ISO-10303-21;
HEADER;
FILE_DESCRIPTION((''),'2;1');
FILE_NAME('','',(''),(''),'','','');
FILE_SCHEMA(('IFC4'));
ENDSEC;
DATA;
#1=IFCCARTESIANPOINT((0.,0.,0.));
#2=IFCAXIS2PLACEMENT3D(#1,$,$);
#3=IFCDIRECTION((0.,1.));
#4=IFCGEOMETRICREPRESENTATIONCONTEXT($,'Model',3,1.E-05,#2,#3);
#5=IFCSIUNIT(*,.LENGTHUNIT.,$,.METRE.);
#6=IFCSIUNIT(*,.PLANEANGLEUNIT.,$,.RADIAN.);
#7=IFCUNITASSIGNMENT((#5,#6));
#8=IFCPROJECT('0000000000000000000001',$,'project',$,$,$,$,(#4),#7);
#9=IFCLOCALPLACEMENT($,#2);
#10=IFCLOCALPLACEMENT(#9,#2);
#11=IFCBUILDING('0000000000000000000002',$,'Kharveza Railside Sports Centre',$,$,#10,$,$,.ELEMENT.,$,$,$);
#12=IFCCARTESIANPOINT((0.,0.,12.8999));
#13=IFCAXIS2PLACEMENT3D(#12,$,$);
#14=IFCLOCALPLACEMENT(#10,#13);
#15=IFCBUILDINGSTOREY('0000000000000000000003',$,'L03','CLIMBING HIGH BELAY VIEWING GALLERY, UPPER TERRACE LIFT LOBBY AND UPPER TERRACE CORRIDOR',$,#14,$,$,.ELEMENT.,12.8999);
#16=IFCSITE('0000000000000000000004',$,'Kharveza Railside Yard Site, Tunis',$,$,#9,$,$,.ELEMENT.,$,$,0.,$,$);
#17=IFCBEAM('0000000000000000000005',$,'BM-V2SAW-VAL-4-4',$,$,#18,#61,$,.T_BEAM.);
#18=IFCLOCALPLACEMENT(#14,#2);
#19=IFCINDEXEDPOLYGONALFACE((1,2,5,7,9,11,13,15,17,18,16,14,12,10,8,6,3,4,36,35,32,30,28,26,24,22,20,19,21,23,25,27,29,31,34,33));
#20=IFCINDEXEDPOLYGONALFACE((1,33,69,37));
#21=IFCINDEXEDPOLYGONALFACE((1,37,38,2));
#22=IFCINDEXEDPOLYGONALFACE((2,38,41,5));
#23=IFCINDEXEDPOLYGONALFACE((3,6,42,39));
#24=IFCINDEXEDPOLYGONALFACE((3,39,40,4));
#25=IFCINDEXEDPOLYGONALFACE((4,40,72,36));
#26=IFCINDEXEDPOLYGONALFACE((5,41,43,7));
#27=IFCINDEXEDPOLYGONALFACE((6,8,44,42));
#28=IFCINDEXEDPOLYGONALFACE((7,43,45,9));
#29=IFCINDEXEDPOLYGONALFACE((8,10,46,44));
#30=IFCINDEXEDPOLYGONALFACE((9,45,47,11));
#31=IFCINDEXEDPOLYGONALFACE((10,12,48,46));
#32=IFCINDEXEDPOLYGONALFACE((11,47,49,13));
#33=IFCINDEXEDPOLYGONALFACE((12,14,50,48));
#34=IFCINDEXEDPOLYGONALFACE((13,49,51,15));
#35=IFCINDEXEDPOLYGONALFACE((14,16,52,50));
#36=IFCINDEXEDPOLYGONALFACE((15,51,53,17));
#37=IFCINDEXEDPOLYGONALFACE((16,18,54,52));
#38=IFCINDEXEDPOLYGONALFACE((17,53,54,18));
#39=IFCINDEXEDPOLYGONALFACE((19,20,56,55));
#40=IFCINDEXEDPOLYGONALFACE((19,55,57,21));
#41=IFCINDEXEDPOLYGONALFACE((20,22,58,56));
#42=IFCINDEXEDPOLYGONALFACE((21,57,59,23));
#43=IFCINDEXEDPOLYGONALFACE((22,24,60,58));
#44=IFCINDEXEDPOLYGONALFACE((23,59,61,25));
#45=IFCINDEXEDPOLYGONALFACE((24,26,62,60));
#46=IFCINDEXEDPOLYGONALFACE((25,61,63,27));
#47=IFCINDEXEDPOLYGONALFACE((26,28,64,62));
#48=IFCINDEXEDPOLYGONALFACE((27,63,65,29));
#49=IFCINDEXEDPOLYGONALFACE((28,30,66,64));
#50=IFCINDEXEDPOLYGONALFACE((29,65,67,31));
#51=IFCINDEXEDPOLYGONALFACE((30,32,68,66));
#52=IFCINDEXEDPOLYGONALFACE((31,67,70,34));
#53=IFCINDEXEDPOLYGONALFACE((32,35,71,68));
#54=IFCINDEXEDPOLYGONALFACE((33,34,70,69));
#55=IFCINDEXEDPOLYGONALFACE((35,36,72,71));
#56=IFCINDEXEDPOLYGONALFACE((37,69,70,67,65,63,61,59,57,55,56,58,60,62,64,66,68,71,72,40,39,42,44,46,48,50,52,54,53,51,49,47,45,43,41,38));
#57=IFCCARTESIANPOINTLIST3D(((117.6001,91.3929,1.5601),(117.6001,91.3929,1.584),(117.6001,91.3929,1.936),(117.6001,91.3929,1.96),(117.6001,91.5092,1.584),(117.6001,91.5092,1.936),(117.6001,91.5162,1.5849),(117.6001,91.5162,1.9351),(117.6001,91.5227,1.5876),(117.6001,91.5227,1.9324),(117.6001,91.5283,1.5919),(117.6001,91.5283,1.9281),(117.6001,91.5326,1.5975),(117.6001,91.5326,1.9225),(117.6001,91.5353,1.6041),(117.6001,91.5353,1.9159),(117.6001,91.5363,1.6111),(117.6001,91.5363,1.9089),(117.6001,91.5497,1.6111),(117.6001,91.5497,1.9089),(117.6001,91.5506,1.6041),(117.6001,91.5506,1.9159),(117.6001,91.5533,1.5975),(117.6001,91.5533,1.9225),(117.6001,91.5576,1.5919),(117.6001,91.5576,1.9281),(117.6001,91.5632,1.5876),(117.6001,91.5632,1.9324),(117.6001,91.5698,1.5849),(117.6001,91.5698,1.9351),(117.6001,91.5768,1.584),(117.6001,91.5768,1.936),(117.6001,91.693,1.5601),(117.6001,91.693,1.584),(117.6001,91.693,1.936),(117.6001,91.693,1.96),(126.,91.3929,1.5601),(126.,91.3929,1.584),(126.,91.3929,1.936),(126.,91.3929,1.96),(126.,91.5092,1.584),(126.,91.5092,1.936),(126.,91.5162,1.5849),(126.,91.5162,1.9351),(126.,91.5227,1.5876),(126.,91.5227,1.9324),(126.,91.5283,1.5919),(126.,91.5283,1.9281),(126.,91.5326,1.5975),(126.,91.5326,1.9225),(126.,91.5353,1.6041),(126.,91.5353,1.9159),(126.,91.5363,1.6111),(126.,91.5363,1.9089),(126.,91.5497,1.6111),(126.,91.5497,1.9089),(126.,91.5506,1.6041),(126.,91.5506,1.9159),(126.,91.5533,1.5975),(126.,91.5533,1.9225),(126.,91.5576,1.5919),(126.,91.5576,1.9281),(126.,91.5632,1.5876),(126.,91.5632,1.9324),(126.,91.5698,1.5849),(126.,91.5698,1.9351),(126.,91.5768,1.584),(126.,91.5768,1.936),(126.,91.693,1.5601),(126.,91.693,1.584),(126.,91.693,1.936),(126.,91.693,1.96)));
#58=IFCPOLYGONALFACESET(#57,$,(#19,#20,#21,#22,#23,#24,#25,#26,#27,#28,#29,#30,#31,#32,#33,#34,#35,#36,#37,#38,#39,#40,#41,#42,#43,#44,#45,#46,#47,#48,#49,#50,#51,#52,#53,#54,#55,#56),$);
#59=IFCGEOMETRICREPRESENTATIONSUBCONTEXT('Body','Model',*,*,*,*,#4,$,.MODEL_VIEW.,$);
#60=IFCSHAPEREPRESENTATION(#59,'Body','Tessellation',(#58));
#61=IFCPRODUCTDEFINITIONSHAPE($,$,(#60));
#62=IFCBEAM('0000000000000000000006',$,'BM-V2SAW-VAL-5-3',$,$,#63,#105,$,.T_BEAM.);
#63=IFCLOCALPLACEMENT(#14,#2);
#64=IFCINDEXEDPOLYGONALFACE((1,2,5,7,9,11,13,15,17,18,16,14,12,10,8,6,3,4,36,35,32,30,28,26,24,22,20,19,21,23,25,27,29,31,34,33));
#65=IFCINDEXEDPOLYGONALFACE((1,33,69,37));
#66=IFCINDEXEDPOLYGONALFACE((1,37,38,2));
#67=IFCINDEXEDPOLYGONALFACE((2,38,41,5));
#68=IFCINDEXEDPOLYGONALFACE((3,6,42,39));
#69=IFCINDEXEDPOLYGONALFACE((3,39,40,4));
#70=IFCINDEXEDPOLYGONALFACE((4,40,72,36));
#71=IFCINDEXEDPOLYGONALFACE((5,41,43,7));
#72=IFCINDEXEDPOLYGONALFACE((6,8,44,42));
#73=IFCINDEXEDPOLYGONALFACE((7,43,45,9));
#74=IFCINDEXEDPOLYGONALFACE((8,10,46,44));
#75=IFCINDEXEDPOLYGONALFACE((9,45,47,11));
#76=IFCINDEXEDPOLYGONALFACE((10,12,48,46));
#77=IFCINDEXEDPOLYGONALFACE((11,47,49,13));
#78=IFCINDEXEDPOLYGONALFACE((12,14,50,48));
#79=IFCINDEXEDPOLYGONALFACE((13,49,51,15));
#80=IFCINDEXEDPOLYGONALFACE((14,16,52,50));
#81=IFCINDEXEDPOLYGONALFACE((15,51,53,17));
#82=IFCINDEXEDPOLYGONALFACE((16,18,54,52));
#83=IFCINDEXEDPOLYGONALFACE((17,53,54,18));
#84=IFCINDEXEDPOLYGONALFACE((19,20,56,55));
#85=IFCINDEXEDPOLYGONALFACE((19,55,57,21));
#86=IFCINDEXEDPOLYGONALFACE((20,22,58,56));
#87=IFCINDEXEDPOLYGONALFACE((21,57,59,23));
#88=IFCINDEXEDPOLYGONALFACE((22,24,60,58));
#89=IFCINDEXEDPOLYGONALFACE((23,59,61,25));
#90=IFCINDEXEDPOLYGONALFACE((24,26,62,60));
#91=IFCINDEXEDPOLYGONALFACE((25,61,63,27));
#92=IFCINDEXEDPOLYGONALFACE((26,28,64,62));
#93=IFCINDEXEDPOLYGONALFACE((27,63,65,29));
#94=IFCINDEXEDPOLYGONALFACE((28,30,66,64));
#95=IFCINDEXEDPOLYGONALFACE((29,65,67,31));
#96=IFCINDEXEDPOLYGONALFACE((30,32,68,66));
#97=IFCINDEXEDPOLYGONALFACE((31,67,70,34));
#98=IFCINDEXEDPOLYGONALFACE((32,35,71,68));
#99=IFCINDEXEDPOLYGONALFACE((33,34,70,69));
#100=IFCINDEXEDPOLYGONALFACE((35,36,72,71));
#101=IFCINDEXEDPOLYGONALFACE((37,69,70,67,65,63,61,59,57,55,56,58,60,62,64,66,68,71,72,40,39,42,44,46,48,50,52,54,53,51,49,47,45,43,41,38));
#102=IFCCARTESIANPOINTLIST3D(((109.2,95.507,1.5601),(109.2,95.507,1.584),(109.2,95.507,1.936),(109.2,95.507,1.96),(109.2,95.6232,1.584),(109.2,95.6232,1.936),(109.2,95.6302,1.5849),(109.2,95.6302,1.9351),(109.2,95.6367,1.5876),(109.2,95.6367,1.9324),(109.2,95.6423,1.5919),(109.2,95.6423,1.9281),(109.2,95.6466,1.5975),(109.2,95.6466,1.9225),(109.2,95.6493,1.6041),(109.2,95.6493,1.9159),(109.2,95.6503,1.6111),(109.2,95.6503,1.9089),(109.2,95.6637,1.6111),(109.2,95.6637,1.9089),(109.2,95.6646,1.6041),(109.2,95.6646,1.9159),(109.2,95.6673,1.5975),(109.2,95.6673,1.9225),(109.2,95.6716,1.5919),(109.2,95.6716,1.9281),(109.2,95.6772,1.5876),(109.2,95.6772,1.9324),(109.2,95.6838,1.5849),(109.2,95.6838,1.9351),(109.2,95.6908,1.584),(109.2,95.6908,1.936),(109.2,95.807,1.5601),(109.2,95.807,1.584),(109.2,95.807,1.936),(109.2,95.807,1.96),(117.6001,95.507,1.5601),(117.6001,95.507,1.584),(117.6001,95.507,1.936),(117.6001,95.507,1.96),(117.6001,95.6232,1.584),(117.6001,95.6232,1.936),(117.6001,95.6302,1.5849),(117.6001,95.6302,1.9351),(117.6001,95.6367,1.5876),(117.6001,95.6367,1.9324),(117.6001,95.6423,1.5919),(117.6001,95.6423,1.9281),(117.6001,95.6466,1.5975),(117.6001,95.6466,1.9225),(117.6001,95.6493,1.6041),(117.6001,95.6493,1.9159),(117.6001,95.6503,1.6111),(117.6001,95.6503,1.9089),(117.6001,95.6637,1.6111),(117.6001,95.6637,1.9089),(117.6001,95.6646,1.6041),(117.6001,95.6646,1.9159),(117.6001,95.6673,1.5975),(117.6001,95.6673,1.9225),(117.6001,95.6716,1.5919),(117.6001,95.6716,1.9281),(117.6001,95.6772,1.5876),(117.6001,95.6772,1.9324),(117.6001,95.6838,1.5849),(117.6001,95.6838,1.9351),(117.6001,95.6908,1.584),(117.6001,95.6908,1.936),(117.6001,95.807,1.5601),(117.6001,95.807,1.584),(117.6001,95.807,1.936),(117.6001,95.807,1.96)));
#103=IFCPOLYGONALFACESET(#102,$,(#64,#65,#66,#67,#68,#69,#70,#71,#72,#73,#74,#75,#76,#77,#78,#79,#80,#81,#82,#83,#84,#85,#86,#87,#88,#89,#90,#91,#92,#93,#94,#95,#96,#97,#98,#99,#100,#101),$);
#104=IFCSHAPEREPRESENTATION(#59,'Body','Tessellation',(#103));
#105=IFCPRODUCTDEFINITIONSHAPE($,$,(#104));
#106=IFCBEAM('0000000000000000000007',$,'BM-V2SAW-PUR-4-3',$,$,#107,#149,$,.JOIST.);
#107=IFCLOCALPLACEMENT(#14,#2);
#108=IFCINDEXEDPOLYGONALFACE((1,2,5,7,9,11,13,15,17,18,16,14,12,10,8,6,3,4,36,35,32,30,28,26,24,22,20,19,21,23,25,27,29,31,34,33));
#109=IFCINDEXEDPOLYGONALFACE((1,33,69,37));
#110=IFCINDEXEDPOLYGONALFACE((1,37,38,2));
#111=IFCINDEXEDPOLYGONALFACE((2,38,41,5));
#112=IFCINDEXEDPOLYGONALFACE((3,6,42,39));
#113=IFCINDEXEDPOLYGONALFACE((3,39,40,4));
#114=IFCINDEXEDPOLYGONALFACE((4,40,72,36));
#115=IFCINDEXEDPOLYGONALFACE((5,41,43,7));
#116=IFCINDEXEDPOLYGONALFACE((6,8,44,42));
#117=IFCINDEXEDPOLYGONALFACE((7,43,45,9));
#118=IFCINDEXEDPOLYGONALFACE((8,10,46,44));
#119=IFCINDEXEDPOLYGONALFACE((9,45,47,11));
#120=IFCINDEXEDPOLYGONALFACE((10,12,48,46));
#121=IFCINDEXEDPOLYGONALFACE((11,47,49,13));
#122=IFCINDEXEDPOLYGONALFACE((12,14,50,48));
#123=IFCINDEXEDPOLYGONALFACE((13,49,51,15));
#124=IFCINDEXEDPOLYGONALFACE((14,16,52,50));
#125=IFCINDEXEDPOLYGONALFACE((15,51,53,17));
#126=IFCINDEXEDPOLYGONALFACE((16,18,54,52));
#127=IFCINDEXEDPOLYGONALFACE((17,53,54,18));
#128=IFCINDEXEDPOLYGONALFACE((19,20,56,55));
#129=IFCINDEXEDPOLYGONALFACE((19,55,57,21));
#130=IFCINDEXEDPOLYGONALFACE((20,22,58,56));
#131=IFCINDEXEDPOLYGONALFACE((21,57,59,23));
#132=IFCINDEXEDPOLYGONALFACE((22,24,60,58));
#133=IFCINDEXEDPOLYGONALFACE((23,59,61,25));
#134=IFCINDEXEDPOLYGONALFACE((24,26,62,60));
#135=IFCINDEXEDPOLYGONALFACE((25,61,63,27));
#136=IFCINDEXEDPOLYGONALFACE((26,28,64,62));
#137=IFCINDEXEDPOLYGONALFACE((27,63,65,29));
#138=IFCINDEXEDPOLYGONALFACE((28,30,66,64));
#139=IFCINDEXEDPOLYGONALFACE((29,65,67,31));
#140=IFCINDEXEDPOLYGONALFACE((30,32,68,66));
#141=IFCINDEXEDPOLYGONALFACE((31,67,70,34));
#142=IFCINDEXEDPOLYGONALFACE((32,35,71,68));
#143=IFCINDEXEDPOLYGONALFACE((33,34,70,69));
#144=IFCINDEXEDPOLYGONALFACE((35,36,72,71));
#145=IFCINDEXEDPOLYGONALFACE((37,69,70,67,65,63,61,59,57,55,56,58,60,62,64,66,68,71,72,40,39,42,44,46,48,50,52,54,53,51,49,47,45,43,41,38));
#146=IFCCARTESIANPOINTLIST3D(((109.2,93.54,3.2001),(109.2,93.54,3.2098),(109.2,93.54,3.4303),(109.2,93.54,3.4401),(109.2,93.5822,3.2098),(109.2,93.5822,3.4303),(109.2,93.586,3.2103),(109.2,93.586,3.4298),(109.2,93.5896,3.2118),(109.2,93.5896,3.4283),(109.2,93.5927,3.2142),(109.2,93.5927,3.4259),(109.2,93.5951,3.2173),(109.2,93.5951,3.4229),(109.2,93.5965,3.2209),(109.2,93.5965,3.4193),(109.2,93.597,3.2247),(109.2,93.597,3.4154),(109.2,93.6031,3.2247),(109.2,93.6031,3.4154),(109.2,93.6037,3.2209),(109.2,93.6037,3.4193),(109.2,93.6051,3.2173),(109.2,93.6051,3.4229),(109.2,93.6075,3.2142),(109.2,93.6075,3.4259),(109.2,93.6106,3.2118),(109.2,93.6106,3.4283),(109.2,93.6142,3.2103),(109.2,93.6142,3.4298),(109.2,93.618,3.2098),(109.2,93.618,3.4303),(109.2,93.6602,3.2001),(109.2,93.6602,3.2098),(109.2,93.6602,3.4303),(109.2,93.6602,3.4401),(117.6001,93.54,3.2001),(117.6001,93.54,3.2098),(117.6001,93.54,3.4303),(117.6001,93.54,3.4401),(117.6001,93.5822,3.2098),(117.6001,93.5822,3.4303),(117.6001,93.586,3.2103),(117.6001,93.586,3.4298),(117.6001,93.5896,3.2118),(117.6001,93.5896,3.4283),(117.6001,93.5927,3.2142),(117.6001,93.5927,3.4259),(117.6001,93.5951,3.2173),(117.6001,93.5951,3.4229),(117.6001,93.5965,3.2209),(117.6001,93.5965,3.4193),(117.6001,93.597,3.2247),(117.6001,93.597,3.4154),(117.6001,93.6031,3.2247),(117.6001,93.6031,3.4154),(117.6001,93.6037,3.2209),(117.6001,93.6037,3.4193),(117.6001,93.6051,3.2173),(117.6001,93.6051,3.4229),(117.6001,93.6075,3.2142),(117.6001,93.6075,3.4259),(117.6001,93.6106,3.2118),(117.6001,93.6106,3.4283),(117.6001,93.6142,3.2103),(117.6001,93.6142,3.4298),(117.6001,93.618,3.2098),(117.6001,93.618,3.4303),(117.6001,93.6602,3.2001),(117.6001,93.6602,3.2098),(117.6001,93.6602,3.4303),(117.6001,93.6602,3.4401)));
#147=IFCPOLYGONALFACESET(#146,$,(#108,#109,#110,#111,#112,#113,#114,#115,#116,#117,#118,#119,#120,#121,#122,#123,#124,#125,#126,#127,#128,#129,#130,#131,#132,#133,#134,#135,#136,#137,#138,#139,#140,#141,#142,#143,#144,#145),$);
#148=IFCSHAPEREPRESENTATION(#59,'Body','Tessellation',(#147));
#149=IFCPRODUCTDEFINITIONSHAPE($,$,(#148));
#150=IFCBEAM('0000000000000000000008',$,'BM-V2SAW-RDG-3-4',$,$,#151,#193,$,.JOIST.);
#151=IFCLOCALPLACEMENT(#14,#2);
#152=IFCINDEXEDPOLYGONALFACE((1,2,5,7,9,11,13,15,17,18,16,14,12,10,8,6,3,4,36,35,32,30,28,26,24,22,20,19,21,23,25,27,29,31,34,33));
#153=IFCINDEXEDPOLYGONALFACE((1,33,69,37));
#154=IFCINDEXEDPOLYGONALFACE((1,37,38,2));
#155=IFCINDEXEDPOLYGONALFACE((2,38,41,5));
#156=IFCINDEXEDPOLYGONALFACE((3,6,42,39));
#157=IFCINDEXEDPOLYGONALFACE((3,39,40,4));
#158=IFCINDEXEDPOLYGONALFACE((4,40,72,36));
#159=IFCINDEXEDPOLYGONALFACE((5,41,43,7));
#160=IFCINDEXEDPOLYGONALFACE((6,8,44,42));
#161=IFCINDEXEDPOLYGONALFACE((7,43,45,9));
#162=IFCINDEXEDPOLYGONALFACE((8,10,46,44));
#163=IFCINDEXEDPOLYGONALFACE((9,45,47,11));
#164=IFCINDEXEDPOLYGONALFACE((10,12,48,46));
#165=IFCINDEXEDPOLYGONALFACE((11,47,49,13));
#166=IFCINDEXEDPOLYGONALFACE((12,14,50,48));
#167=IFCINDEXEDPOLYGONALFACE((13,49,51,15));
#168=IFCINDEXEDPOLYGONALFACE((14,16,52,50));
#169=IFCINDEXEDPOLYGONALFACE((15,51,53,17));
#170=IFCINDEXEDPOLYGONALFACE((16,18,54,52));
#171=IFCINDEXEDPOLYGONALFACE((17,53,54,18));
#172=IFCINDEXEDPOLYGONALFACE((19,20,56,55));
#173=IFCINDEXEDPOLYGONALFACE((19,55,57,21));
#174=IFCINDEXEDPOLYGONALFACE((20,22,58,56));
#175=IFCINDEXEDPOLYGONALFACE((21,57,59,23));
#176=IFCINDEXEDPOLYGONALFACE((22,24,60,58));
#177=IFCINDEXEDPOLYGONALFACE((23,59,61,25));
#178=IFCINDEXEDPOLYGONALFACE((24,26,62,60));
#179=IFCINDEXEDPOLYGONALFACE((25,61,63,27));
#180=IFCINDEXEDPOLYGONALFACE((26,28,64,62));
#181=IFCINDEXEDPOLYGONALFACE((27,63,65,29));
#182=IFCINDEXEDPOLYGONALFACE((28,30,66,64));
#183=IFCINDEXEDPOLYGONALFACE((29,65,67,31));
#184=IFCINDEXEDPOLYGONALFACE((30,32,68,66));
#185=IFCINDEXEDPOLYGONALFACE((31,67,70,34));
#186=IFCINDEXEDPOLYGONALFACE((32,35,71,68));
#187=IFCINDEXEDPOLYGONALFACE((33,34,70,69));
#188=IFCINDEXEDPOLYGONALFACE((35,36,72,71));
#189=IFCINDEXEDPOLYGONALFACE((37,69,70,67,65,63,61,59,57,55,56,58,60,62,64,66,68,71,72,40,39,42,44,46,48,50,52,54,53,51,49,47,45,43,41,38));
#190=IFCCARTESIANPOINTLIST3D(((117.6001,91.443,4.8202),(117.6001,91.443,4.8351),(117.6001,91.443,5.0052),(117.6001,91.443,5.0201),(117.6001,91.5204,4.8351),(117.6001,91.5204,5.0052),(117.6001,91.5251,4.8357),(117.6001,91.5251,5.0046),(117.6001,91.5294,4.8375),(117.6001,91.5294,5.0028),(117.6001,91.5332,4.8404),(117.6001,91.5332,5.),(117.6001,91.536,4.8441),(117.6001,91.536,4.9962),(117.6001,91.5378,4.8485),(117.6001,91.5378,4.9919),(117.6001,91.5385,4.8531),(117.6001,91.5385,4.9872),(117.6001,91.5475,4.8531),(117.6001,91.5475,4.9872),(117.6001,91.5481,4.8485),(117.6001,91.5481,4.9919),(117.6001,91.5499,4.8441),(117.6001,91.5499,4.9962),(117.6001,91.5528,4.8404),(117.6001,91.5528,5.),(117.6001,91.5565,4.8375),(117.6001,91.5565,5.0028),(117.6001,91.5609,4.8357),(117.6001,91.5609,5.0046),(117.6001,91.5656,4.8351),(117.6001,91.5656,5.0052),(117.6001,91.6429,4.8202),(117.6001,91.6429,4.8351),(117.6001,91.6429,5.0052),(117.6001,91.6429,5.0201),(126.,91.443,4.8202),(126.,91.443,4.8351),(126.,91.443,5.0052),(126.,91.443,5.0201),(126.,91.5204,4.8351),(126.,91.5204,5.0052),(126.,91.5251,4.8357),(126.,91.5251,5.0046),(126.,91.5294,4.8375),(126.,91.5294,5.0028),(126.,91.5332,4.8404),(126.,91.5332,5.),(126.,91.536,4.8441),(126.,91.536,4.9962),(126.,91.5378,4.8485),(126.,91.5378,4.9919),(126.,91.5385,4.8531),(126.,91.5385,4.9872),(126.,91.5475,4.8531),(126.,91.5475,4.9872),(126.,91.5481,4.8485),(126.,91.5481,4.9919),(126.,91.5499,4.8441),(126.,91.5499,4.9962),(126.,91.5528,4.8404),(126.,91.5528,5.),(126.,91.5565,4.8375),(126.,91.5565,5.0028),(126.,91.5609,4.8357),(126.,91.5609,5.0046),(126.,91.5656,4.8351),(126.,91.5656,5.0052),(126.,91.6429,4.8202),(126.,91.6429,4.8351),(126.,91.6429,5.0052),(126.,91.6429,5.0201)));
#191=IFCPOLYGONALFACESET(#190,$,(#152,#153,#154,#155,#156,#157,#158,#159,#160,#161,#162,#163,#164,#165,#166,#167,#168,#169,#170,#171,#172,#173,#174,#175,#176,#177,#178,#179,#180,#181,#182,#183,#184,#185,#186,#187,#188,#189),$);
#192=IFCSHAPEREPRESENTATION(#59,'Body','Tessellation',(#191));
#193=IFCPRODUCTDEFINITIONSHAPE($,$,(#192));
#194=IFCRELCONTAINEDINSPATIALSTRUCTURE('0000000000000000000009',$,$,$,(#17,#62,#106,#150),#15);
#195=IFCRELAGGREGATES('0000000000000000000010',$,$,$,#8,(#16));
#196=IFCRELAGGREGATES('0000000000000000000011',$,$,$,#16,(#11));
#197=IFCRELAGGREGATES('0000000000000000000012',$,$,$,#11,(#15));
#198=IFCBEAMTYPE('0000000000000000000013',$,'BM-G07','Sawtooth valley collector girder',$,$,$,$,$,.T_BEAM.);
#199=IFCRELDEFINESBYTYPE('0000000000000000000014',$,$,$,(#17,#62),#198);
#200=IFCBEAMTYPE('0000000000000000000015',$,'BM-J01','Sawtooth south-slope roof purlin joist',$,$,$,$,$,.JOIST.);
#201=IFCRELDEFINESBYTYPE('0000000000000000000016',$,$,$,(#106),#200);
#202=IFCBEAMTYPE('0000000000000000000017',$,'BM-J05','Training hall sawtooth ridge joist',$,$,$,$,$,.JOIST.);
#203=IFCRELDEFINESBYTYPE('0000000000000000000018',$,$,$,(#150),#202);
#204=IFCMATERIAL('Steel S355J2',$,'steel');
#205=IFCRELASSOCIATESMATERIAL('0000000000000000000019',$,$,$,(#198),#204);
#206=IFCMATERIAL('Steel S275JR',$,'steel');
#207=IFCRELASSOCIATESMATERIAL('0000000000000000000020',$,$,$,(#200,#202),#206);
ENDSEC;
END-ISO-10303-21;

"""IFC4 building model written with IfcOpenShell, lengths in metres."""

from ifc_helpers import new_model, si_unit, direction, frame, origin, origin_2d, place, context, subcontext, project, spatial, i_section, extrude, material, material_profile, profile_set, type_object, element, save


model = new_model("IFC4")

# Units and contexts
model_context = context("Model", 3, precision=1e-05, world=origin(), true_north=direction((0.0, 1.0)))
body_context = subcontext(model_context, "Body", "Model", "MODEL_VIEW")
ifc_project = project(units=[si_unit("LENGTHUNIT", "METRE"), si_unit("PLANEANGLEUNIT", "RADIAN")], contexts=[model_context])

# Site, building, storey
site_placement = place(None, origin())
site = spatial("IfcSite", under=ifc_project, at=site_placement, Name="Kharveza Railside Yard Site, Tunis", CompositionType="ELEMENT", RefElevation=0.0)
building_placement = place(site_placement, origin())
building = spatial("IfcBuilding", under=site, at=building_placement, Name="Kharveza Railside Sports Centre", CompositionType="ELEMENT")
storey_placement = place(building_placement, frame((0.0, 0.0, 12.8999)))
storey = spatial("IfcBuildingStorey", under=building, at=storey_placement, Name="L03", Description="CLIMBING HIGH BELAY VIEWING GALLERY, UPPER TERRACE LIFT LOBBY AND UPPER TERRACE CORRIDOR", CompositionType="ELEMENT", Elevation=12.8999)

# Beams
ifc_material_1 = material(Name="Steel S355J2", Category="steel")
ifc_material_profile_1 = material_profile(ifc_material_1, i_section(OverallWidth=0.3, OverallDepth=0.3999, WebThickness=0.0134, FlangeThickness=0.0239, FilletRadius=0.0271, at=origin_2d()), Name="HEB 400")
ifc_profile_set_1 = profile_set([ifc_material_profile_1], Name="Steel S355J2")
beam_type_1 = type_object("IfcBeamType", Name="BM-G07", Description="Sawtooth valley collector girder", PredefinedType="T_BEAM", material=ifc_profile_set_1)
beam_1_placement = place(storey_placement, frame((117.6001, 91.543, 1.76), z_axis=(1.0, 0.0, 0.0), x_axis=(0.0, 1.0, 0.0)))
element("IfcBeam", 1, at=beam_1_placement, inside=storey, type_object=beam_type_1, Name="BM-V2SAW-VAL-4-4", PredefinedType="T_BEAM", context=body_context, shape_type="SweptSolid", body=[
    extrude(i_section(OverallWidth=0.3, OverallDepth=0.3999, WebThickness=0.0134, FlangeThickness=0.0239, FilletRadius=0.0271, at=origin_2d()), origin(), (0.0, 0.0, 1.0), 8.3999),
])
beam_2_placement = place(storey_placement, frame((109.2, 95.657, 1.76), z_axis=(1.0, 0.0, 0.0), x_axis=(0.0, 1.0, 0.0)))
element("IfcBeam", 2, at=beam_2_placement, inside=storey, type_object=beam_type_1, Name="BM-V2SAW-VAL-5-3", PredefinedType="T_BEAM", context=body_context, shape_type="SweptSolid", body=[
    extrude(i_section(OverallWidth=0.3, OverallDepth=0.3999, WebThickness=0.0134, FlangeThickness=0.0239, FilletRadius=0.0271, at=origin_2d()), origin(), (0.0, 0.0, 1.0), 8.4001),
])
ifc_material_2 = material(Name="Steel S275JR", Category="steel")
ifc_material_profile_2 = material_profile(ifc_material_2, i_section(OverallWidth=0.1201, OverallDepth=0.24, WebThickness=0.0061, FlangeThickness=0.0098, FilletRadius=0.0149, at=origin_2d()), Name="IPE 240")
ifc_profile_set_2 = profile_set([ifc_material_profile_2], Name="Steel S275JR")
beam_type_2 = type_object("IfcBeamType", Name="BM-J01", Description="Sawtooth south-slope roof purlin joist", PredefinedType="JOIST", material=ifc_profile_set_2)
beam_3_placement = place(storey_placement, frame((109.2, 93.6001, 3.3201), z_axis=(1.0, 0.0, 0.0), x_axis=(0.0, 1.0, 0.0)))
element("IfcBeam", 3, at=beam_3_placement, inside=storey, type_object=beam_type_2, Name="BM-V2SAW-PUR-4-3", PredefinedType="JOIST", context=body_context, shape_type="SweptSolid", body=[
    extrude(i_section(OverallWidth=0.1201, OverallDepth=0.24, WebThickness=0.0061, FlangeThickness=0.0098, FilletRadius=0.0149, at=origin_2d()), origin(), (0.0, 0.0, 1.0), 8.4001),
])
ifc_material_profile_3 = material_profile(ifc_material_2, i_section(OverallWidth=0.2, OverallDepth=0.2, WebThickness=0.009, FlangeThickness=0.0149, FilletRadius=0.0181, at=origin_2d()), Name="HEB 200")
ifc_profile_set_3 = profile_set([ifc_material_profile_3], Name="Steel S275JR")
beam_type_3 = type_object("IfcBeamType", Name="BM-J05", Description="Training hall sawtooth ridge joist", PredefinedType="JOIST", material=ifc_profile_set_3)
beam_4_placement = place(storey_placement, frame((117.6001, 91.543, 4.9202), z_axis=(1.0, 0.0, 0.0), x_axis=(0.0, 1.0, 0.0)))
element("IfcBeam", 4, at=beam_4_placement, inside=storey, type_object=beam_type_3, Name="BM-V2SAW-RDG-3-4", PredefinedType="JOIST", context=body_context, shape_type="SweptSolid", body=[
    extrude(i_section(OverallWidth=0.2, OverallDepth=0.2, WebThickness=0.009, FlangeThickness=0.0149, FilletRadius=0.0181, at=origin_2d()), origin(), (0.0, 0.0, 1.0), 8.3999),
])

save(model, "model.ifc")
